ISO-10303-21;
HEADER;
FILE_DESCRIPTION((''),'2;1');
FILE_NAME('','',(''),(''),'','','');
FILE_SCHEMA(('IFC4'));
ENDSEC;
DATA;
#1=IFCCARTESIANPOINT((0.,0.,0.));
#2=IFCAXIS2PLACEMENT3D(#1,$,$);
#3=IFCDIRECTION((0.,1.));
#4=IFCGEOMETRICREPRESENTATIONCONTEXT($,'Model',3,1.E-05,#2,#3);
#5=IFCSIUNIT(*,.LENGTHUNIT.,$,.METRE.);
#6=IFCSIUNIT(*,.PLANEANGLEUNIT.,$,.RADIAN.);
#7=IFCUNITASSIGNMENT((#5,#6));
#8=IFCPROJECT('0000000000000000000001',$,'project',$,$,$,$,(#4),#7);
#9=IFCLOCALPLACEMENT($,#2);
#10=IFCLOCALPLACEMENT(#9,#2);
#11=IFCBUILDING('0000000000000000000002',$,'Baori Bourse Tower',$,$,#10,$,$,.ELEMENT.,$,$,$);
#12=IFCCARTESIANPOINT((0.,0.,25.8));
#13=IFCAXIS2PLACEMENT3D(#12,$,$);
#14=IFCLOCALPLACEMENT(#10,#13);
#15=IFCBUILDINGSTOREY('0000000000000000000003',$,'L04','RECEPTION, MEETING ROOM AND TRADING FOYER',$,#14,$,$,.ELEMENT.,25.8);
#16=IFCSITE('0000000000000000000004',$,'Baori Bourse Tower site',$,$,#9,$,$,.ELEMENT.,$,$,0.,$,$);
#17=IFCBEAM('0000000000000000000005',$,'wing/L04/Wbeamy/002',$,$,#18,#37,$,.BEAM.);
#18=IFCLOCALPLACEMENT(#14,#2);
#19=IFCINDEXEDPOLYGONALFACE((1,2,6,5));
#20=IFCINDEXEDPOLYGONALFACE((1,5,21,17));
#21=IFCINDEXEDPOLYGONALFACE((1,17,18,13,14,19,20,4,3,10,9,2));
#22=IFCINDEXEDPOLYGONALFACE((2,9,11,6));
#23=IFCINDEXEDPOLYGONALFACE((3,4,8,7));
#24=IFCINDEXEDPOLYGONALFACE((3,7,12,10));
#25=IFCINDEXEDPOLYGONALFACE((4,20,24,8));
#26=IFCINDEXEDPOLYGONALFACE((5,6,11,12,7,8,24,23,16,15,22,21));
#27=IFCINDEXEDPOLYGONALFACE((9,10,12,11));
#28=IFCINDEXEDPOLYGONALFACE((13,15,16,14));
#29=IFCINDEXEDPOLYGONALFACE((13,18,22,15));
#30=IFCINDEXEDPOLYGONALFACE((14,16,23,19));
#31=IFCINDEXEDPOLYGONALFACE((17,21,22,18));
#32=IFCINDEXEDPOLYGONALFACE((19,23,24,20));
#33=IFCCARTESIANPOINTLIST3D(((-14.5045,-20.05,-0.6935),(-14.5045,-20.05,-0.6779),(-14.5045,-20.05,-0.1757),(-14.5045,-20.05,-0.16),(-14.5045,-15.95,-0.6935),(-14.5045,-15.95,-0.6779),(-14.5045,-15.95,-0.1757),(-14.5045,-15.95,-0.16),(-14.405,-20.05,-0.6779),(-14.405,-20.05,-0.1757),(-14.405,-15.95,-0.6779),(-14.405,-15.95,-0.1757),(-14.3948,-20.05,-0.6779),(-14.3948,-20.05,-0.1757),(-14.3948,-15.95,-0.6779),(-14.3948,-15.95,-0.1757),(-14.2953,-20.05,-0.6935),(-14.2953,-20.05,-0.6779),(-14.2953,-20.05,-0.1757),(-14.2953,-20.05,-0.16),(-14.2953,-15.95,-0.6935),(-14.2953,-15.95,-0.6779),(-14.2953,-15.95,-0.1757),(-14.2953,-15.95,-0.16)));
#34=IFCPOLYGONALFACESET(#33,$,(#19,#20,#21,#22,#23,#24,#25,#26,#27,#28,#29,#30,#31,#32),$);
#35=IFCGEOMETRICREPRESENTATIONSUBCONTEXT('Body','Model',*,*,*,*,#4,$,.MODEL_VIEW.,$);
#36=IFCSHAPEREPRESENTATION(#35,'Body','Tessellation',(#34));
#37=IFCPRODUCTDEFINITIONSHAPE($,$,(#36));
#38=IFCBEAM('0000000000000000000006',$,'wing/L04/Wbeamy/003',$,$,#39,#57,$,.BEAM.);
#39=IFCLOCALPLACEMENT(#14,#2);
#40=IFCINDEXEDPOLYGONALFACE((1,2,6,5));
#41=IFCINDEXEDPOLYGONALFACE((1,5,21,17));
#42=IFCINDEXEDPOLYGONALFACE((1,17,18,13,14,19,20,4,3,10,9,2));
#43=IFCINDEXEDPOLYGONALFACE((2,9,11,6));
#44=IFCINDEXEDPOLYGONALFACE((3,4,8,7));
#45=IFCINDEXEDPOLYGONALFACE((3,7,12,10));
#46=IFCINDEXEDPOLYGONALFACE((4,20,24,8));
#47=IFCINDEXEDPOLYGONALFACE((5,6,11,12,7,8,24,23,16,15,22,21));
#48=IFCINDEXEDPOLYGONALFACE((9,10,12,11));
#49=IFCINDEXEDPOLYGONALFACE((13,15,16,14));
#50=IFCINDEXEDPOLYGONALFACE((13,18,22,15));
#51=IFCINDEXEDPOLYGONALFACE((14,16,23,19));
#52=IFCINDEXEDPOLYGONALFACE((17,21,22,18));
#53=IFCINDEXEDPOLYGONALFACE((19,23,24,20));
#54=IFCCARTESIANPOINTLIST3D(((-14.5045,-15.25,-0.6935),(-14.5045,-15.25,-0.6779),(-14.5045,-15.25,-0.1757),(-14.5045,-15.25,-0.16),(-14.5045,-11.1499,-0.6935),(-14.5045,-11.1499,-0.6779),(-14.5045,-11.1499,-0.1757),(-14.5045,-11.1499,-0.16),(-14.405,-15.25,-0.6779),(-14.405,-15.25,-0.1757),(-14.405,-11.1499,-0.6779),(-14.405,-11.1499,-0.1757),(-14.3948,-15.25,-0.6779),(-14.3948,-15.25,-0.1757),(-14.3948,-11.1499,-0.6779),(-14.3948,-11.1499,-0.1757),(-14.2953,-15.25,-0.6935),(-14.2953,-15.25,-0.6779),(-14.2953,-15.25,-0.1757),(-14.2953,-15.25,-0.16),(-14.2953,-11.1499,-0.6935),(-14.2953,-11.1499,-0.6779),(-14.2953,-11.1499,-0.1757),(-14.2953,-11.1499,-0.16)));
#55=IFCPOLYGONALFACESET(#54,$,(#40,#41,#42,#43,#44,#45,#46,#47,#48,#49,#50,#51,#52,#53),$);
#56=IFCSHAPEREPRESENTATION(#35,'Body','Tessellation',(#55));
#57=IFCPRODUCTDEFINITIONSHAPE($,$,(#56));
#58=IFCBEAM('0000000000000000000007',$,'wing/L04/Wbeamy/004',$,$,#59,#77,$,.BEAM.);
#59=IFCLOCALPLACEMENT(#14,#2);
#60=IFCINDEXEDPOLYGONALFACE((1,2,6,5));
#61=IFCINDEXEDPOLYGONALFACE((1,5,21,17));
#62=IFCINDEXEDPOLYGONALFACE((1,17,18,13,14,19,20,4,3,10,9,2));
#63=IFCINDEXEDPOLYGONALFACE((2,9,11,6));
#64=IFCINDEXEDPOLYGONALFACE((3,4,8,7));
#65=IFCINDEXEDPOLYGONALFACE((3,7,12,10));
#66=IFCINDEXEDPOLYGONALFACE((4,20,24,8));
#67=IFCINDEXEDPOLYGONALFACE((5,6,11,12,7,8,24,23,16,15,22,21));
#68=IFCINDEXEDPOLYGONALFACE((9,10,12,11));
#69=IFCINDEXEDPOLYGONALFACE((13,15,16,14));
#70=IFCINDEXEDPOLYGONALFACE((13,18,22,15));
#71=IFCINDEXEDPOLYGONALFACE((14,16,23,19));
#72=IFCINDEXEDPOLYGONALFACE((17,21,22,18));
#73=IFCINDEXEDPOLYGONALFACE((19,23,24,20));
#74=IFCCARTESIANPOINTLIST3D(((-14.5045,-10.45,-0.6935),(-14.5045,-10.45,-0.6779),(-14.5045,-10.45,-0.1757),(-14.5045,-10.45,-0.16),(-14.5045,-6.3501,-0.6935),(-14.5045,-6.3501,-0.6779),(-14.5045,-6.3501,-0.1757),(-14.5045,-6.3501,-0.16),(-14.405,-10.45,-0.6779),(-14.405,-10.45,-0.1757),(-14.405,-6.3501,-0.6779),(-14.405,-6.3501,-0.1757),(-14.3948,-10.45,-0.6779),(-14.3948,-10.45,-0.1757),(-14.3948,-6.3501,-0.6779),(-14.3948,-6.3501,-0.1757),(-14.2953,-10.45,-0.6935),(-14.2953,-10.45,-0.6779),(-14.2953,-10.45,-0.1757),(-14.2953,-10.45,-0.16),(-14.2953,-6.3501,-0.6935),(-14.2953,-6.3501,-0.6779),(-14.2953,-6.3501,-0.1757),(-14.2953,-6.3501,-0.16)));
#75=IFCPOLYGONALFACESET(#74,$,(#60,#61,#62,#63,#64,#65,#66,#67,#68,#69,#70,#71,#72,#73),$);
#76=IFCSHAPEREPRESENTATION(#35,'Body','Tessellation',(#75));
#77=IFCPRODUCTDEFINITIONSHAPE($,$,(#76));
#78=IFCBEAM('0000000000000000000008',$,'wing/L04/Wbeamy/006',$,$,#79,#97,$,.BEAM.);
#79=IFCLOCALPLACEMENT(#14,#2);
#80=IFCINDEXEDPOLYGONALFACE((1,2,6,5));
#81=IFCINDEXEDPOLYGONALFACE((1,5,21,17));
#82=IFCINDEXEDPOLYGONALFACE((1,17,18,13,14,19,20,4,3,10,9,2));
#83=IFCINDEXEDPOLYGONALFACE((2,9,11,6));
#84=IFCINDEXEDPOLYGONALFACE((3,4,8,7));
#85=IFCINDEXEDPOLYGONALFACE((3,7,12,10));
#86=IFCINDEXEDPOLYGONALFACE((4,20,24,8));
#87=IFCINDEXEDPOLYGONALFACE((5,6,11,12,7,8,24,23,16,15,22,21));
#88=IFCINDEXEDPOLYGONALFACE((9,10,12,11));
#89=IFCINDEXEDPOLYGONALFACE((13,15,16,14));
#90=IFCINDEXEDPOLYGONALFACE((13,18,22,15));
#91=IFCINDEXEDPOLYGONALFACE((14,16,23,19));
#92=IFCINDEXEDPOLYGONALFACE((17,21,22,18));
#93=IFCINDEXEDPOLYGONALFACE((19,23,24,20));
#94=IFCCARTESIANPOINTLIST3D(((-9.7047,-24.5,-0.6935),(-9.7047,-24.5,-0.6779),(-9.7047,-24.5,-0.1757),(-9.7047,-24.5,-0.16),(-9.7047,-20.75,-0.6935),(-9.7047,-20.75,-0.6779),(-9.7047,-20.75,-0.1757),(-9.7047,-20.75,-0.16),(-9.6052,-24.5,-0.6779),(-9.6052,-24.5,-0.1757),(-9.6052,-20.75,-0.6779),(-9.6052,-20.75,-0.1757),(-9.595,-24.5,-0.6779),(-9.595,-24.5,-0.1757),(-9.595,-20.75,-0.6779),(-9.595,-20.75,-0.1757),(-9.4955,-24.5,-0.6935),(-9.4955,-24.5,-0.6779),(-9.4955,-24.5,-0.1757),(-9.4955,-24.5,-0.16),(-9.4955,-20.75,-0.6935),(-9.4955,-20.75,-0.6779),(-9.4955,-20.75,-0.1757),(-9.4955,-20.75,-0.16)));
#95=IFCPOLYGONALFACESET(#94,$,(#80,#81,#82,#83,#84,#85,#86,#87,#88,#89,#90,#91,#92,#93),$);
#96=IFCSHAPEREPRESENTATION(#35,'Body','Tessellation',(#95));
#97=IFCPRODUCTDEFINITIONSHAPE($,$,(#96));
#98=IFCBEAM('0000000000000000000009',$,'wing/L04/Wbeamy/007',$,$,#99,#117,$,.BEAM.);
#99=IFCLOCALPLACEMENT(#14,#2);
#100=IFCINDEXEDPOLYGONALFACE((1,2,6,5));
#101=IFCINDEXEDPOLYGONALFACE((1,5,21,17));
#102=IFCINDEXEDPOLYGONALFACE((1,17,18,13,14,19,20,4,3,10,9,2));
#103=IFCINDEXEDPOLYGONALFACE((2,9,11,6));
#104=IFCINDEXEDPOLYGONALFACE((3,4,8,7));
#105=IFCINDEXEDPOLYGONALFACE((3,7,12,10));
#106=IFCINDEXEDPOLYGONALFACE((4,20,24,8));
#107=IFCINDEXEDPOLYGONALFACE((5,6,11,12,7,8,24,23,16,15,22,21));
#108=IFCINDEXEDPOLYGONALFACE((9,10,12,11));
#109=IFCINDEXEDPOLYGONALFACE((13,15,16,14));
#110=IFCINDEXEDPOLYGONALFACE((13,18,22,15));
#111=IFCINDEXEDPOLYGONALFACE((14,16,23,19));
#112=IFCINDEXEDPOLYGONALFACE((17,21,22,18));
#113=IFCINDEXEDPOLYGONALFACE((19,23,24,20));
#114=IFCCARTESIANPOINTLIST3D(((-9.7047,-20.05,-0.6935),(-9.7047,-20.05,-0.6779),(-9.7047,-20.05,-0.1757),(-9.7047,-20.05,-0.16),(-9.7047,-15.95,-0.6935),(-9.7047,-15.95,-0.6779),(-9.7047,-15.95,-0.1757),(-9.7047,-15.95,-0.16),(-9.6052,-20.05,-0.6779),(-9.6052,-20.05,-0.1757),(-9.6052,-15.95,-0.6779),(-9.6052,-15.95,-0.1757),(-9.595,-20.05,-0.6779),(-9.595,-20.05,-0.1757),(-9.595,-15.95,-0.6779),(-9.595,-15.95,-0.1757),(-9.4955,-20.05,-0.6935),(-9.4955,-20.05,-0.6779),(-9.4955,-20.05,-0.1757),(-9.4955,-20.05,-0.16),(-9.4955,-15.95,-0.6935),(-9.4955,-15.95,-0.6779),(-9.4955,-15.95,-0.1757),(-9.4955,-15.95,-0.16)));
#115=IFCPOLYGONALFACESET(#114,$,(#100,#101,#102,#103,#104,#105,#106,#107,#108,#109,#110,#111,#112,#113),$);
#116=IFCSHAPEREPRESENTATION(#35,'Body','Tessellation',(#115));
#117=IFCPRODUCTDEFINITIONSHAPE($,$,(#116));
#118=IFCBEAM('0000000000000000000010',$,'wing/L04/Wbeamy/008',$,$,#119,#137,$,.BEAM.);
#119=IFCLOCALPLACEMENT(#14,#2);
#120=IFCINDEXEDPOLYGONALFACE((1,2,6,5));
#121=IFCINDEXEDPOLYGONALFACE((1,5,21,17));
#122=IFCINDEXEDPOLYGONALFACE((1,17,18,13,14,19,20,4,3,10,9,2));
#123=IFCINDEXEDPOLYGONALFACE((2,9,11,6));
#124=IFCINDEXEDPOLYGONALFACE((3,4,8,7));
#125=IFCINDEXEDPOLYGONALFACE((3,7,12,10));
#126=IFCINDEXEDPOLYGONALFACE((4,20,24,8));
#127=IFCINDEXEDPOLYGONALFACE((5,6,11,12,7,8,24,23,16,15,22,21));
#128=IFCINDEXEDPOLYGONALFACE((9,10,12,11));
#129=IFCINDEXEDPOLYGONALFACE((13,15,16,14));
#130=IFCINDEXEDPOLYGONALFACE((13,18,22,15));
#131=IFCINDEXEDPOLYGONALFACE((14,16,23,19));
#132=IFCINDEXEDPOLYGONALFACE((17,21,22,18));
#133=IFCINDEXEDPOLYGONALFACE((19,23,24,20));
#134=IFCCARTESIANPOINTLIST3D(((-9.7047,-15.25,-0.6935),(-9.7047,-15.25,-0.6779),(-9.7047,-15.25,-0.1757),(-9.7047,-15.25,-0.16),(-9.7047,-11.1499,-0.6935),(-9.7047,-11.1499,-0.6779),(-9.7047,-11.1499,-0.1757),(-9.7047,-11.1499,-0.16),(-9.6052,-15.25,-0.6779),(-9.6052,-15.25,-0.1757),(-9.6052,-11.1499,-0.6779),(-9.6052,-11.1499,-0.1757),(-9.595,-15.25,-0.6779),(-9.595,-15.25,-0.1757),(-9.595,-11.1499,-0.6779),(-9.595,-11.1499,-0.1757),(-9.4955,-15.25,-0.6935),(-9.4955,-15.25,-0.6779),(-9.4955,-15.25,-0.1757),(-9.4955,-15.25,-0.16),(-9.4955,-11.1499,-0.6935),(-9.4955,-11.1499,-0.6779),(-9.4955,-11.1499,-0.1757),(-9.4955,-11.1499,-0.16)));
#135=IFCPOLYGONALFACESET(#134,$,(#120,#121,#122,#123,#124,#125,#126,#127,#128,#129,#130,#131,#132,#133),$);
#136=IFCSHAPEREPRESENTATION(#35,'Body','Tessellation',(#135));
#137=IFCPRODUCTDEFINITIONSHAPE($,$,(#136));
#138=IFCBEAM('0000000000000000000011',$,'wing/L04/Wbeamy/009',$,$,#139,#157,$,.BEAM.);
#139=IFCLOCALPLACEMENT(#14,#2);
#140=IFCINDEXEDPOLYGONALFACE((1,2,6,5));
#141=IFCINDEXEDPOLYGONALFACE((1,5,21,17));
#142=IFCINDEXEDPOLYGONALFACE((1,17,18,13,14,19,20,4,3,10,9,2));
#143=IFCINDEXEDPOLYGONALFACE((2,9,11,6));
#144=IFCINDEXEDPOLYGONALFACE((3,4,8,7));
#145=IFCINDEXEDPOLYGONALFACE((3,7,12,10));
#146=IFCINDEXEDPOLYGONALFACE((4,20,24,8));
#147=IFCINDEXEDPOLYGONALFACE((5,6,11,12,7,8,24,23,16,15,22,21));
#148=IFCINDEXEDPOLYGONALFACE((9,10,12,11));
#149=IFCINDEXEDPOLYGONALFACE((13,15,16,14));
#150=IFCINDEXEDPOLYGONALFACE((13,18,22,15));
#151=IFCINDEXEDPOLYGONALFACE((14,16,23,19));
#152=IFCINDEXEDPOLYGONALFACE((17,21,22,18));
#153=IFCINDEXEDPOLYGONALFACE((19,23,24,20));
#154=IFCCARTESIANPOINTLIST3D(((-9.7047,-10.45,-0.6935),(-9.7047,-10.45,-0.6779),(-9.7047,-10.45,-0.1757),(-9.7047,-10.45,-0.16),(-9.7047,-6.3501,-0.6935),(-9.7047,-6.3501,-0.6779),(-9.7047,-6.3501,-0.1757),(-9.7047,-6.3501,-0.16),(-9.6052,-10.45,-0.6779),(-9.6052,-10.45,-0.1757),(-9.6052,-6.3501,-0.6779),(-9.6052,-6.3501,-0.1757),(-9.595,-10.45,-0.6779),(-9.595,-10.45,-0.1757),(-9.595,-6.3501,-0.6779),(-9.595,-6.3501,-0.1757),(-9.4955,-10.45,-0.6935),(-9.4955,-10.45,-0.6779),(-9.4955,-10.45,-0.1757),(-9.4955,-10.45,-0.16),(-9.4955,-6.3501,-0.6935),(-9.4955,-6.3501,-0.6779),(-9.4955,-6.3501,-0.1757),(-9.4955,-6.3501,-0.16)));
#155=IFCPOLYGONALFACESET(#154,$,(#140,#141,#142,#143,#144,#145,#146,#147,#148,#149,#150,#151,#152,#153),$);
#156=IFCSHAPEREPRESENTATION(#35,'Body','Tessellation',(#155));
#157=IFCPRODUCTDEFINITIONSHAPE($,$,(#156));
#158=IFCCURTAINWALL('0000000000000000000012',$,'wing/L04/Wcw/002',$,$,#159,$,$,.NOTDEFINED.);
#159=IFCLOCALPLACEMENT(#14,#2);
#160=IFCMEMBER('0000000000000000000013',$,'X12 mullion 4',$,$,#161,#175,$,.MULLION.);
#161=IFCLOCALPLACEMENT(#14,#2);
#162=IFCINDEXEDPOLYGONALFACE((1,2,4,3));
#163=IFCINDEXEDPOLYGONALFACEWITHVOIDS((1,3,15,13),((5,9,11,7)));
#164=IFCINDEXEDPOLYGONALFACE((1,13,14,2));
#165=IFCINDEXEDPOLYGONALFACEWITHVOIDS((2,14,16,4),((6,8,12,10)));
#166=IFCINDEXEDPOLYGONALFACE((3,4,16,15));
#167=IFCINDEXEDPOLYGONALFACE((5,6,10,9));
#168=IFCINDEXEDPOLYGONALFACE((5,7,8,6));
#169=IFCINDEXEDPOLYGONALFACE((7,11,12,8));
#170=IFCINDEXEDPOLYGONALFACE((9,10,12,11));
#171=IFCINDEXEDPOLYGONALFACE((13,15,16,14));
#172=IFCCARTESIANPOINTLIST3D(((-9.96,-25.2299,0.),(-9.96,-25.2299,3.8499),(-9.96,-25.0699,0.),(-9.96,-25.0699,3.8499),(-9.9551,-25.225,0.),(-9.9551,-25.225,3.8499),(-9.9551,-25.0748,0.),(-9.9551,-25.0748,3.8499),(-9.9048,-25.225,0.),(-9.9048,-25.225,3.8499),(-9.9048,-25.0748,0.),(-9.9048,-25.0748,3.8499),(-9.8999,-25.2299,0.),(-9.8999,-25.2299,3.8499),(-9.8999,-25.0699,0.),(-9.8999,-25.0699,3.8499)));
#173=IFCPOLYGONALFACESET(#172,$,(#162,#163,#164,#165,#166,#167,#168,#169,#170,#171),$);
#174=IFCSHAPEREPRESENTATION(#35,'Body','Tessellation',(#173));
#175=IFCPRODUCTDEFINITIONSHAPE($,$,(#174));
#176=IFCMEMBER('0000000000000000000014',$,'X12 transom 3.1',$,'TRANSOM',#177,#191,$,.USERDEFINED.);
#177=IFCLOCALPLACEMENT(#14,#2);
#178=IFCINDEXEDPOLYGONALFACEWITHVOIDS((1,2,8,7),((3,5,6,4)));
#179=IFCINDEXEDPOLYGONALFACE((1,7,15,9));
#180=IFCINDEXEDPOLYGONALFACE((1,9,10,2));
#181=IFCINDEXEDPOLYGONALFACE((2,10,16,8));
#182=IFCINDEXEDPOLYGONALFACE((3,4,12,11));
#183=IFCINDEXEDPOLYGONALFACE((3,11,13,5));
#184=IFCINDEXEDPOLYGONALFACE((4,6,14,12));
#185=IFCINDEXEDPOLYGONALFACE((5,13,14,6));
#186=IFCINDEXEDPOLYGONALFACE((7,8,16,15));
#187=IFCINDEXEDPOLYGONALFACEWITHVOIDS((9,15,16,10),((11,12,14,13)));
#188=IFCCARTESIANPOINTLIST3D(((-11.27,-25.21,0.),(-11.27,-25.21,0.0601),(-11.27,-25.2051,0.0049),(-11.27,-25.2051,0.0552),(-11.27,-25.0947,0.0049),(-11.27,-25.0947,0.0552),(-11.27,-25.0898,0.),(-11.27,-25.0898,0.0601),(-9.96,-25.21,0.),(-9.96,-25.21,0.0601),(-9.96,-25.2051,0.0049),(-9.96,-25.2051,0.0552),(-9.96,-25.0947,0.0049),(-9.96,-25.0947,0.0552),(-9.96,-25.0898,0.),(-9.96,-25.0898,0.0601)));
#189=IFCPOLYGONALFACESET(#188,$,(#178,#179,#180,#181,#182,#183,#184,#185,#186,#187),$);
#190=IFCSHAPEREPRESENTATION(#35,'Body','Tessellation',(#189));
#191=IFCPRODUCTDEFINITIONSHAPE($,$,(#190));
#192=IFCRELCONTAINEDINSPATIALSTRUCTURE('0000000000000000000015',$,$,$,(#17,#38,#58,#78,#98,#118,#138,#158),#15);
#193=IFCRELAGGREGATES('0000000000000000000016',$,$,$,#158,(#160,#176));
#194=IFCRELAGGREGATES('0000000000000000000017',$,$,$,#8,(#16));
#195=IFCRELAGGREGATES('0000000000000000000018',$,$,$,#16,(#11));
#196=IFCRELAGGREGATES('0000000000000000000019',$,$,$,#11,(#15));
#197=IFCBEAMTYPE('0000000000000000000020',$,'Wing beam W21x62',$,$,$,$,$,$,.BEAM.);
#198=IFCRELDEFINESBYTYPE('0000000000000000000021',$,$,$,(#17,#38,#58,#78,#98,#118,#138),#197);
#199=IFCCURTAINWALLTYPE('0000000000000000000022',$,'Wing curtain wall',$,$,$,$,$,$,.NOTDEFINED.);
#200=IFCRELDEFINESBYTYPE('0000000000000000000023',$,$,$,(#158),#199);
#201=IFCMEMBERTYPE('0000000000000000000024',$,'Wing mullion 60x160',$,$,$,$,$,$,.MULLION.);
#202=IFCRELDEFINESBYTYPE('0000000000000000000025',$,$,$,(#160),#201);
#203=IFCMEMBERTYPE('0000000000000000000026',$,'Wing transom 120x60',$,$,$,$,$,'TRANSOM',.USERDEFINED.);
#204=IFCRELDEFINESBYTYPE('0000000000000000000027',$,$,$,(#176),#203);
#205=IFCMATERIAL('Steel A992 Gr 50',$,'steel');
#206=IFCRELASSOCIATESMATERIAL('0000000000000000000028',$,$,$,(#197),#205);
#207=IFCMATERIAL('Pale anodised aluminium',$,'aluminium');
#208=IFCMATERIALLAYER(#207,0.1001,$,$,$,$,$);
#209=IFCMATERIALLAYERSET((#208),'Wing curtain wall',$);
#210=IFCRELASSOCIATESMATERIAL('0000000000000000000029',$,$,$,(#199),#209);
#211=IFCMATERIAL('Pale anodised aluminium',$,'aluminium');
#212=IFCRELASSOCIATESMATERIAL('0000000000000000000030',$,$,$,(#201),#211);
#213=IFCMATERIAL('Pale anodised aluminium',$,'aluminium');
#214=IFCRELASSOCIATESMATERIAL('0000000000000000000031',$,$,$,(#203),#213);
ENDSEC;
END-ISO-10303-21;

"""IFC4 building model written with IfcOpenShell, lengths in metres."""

from ifc_helpers import new_model, si_unit, direction, frame, origin, origin_2d, place, context, subcontext, project, spatial, hollow_rectangle, i_section, extrude, material, layer, layer_set, material_profile, profile_set, type_object, element, aggregate, save


model = new_model("IFC4")

# Units and contexts
model_context = context("Model", 3, precision=1e-05, world=origin(), true_north=direction((0.0, 1.0)))
body_context = subcontext(model_context, "Body", "Model", "MODEL_VIEW")
ifc_project = project(units=[si_unit("LENGTHUNIT", "METRE"), si_unit("PLANEANGLEUNIT", "RADIAN")], contexts=[model_context])

# Site, building, storey
site_placement = place(None, origin())
site = spatial("IfcSite", under=ifc_project, at=site_placement, Name="Baori Bourse Tower site", CompositionType="ELEMENT", RefElevation=0.0)
building_placement = place(site_placement, origin())
building = spatial("IfcBuilding", under=site, at=building_placement, Name="Baori Bourse Tower", CompositionType="ELEMENT")
storey_placement = place(building_placement, frame((0.0, 0.0, 25.8)))
storey = spatial("IfcBuildingStorey", under=building, at=storey_placement, Name="L04", Description="RECEPTION, MEETING ROOM AND TRADING FOYER", CompositionType="ELEMENT", Elevation=25.8)

# Beams
ifc_material_1 = material(Name="Steel A992 Gr 50", Category="steel")
ifc_material_profile_1 = material_profile(ifc_material_1, i_section(OverallWidth=0.2092, OverallDepth=0.5334, WebThickness=0.0103, FlangeThickness=0.0156, at=origin_2d()), Name="W21x62")
ifc_profile_set_1 = profile_set([ifc_material_profile_1], Name="Steel A992 Gr 50")
beam_type_1 = type_object("IfcBeamType", Name="Wing beam W21x62", PredefinedType="BEAM", material=ifc_profile_set_1)
for number, where, z_axis, x_axis, name in (
    (1, (-14.3999, -20.05, -0.4268), (0.0, 1.0, 0.0), (-1.0, 0.0, 0.0), "wing/L04/Wbeamy/002"),
    (2, (-14.3999, -15.25, -0.4268), (0.0, 1.0, 0.0), (-1.0, 0.0, 0.0), "wing/L04/Wbeamy/003"),
):
    element("IfcBeam", number, at=place(storey_placement, frame(where, z_axis=z_axis, x_axis=x_axis)), inside=storey, type_object=beam_type_1, Name=name, PredefinedType="BEAM", context=body_context, shape_type="SweptSolid", body=[
        extrude(i_section(OverallWidth=0.2092, OverallDepth=0.5334, WebThickness=0.0103, FlangeThickness=0.0156, at=origin_2d()), origin(), (0.0, 0.0, 1.0), 4.1001),
    ])
beam_1_placement = place(storey_placement, frame((-14.3999, -10.45, -0.4268), z_axis=(0.0, 1.0, 0.0), x_axis=(-1.0, 0.0, 0.0)))
element("IfcBeam", 3, at=beam_1_placement, inside=storey, type_object=beam_type_1, Name="wing/L04/Wbeamy/004", PredefinedType="BEAM", context=body_context, shape_type="SweptSolid", body=[
    extrude(i_section(OverallWidth=0.2092, OverallDepth=0.5334, WebThickness=0.0103, FlangeThickness=0.0156, at=origin_2d()), origin(), (0.0, 0.0, 1.0), 4.0999),
])
beam_2_placement = place(storey_placement, frame((-9.6001, -24.5, -0.4268), z_axis=(0.0, 1.0, 0.0), x_axis=(-1.0, 0.0, 0.0)))
element("IfcBeam", 4, at=beam_2_placement, inside=storey, type_object=beam_type_1, Name="wing/L04/Wbeamy/006", PredefinedType="BEAM", context=body_context, shape_type="SweptSolid", body=[
    extrude(i_section(OverallWidth=0.2092, OverallDepth=0.5334, WebThickness=0.0103, FlangeThickness=0.0156, at=origin_2d()), origin(), (0.0, 0.0, 1.0), 3.75),
])
for number, where, z_axis, x_axis, name in (
    (5, (-9.6001, -20.05, -0.4268), (0.0, 1.0, 0.0), (-1.0, 0.0, 0.0), "wing/L04/Wbeamy/007"),
    (6, (-9.6001, -15.25, -0.4268), (0.0, 1.0, 0.0), (-1.0, 0.0, 0.0), "wing/L04/Wbeamy/008"),
):
    element("IfcBeam", number, at=place(storey_placement, frame(where, z_axis=z_axis, x_axis=x_axis)), inside=storey, type_object=beam_type_1, Name=name, PredefinedType="BEAM", context=body_context, shape_type="SweptSolid", body=[
        extrude(i_section(OverallWidth=0.2092, OverallDepth=0.5334, WebThickness=0.0103, FlangeThickness=0.0156, at=origin_2d()), origin(), (0.0, 0.0, 1.0), 4.1001),
    ])
beam_3_placement = place(storey_placement, frame((-9.6001, -10.45, -0.4268), z_axis=(0.0, 1.0, 0.0), x_axis=(-1.0, 0.0, 0.0)))
element("IfcBeam", 7, at=beam_3_placement, inside=storey, type_object=beam_type_1, Name="wing/L04/Wbeamy/009", PredefinedType="BEAM", context=body_context, shape_type="SweptSolid", body=[
    extrude(i_section(OverallWidth=0.2092, OverallDepth=0.5334, WebThickness=0.0103, FlangeThickness=0.0156, at=origin_2d()), origin(), (0.0, 0.0, 1.0), 4.0999),
])

# Curtain wall, members
ifc_material_2 = material(Name="Pale anodised aluminium", Category="aluminium")
ifc_layer_1 = layer(ifc_material_2, 0.1001)
ifc_layer_set_1 = layer_set([ifc_layer_1], Name="Wing curtain wall")
curtain_wall_type = type_object("IfcCurtainWallType", Name="Wing curtain wall", PredefinedType="NOTDEFINED", material=ifc_layer_set_1)
curtain_wall_placement = place(storey_placement, origin())
curtain_wall = element("IfcCurtainWall", 8, at=curtain_wall_placement, inside=storey, type_object=curtain_wall_type, Name="wing/L04/Wcw/002", PredefinedType="NOTDEFINED")
ifc_material_3 = material(Name="Pale anodised aluminium", Category="aluminium")
ifc_material_profile_2 = material_profile(ifc_material_3, hollow_rectangle(XDim=0.1599, YDim=0.0601, WallThickness=0.0049, at=origin_2d()), Name="Mullion 160x60x5")
ifc_profile_set_2 = profile_set([ifc_material_profile_2], Name="Pale anodised aluminium")
member_type_1 = type_object("IfcMemberType", Name="Wing mullion 60x160", PredefinedType="MULLION", material=ifc_profile_set_2)
member_1_placement = place(storey_placement, frame((-9.9299, -25.1499, 0.0), z_axis=(0.0, 0.0, 1.0), x_axis=(0.0, 1.0, 0.0)))
member_1 = element("IfcMember", 9, at=member_1_placement, type_object=member_type_1, Name="X12 mullion 4", PredefinedType="MULLION", context=body_context, shape_type="SweptSolid", body=[
    extrude(hollow_rectangle(XDim=0.1599, YDim=0.0601, WallThickness=0.0049, at=origin_2d()), origin(), (0.0, 0.0, 1.0), 3.8499),
])
ifc_material_4 = material(Name="Pale anodised aluminium", Category="aluminium")
ifc_material_profile_3 = material_profile(ifc_material_4, hollow_rectangle(XDim=0.1201, YDim=0.0601, WallThickness=0.0049, at=origin_2d()), Name="Transom 120x60x5")
ifc_profile_set_3 = profile_set([ifc_material_profile_3], Name="Pale anodised aluminium")
member_type_2 = type_object("IfcMemberType", Name="Wing transom 120x60", ElementType="TRANSOM", PredefinedType="USERDEFINED", material=ifc_profile_set_3)
member_2_placement = place(storey_placement, frame((-11.27, -25.1499, 0.03), z_axis=(1.0, 0.0, 0.0), x_axis=(0.0, 1.0, 0.0)))
member_2 = element("IfcMember", 10, at=member_2_placement, type_object=member_type_2, Name="X12 transom 3.1", ObjectType="TRANSOM", PredefinedType="USERDEFINED", context=body_context, shape_type="SweptSolid", body=[
    extrude(hollow_rectangle(XDim=0.1201, YDim=0.0601, WallThickness=0.0049, at=origin_2d()), origin(), (0.0, 0.0, 1.0), 1.3101),
])
aggregate(curtain_wall, [member_1, member_2])

save(model, "model.ifc")
